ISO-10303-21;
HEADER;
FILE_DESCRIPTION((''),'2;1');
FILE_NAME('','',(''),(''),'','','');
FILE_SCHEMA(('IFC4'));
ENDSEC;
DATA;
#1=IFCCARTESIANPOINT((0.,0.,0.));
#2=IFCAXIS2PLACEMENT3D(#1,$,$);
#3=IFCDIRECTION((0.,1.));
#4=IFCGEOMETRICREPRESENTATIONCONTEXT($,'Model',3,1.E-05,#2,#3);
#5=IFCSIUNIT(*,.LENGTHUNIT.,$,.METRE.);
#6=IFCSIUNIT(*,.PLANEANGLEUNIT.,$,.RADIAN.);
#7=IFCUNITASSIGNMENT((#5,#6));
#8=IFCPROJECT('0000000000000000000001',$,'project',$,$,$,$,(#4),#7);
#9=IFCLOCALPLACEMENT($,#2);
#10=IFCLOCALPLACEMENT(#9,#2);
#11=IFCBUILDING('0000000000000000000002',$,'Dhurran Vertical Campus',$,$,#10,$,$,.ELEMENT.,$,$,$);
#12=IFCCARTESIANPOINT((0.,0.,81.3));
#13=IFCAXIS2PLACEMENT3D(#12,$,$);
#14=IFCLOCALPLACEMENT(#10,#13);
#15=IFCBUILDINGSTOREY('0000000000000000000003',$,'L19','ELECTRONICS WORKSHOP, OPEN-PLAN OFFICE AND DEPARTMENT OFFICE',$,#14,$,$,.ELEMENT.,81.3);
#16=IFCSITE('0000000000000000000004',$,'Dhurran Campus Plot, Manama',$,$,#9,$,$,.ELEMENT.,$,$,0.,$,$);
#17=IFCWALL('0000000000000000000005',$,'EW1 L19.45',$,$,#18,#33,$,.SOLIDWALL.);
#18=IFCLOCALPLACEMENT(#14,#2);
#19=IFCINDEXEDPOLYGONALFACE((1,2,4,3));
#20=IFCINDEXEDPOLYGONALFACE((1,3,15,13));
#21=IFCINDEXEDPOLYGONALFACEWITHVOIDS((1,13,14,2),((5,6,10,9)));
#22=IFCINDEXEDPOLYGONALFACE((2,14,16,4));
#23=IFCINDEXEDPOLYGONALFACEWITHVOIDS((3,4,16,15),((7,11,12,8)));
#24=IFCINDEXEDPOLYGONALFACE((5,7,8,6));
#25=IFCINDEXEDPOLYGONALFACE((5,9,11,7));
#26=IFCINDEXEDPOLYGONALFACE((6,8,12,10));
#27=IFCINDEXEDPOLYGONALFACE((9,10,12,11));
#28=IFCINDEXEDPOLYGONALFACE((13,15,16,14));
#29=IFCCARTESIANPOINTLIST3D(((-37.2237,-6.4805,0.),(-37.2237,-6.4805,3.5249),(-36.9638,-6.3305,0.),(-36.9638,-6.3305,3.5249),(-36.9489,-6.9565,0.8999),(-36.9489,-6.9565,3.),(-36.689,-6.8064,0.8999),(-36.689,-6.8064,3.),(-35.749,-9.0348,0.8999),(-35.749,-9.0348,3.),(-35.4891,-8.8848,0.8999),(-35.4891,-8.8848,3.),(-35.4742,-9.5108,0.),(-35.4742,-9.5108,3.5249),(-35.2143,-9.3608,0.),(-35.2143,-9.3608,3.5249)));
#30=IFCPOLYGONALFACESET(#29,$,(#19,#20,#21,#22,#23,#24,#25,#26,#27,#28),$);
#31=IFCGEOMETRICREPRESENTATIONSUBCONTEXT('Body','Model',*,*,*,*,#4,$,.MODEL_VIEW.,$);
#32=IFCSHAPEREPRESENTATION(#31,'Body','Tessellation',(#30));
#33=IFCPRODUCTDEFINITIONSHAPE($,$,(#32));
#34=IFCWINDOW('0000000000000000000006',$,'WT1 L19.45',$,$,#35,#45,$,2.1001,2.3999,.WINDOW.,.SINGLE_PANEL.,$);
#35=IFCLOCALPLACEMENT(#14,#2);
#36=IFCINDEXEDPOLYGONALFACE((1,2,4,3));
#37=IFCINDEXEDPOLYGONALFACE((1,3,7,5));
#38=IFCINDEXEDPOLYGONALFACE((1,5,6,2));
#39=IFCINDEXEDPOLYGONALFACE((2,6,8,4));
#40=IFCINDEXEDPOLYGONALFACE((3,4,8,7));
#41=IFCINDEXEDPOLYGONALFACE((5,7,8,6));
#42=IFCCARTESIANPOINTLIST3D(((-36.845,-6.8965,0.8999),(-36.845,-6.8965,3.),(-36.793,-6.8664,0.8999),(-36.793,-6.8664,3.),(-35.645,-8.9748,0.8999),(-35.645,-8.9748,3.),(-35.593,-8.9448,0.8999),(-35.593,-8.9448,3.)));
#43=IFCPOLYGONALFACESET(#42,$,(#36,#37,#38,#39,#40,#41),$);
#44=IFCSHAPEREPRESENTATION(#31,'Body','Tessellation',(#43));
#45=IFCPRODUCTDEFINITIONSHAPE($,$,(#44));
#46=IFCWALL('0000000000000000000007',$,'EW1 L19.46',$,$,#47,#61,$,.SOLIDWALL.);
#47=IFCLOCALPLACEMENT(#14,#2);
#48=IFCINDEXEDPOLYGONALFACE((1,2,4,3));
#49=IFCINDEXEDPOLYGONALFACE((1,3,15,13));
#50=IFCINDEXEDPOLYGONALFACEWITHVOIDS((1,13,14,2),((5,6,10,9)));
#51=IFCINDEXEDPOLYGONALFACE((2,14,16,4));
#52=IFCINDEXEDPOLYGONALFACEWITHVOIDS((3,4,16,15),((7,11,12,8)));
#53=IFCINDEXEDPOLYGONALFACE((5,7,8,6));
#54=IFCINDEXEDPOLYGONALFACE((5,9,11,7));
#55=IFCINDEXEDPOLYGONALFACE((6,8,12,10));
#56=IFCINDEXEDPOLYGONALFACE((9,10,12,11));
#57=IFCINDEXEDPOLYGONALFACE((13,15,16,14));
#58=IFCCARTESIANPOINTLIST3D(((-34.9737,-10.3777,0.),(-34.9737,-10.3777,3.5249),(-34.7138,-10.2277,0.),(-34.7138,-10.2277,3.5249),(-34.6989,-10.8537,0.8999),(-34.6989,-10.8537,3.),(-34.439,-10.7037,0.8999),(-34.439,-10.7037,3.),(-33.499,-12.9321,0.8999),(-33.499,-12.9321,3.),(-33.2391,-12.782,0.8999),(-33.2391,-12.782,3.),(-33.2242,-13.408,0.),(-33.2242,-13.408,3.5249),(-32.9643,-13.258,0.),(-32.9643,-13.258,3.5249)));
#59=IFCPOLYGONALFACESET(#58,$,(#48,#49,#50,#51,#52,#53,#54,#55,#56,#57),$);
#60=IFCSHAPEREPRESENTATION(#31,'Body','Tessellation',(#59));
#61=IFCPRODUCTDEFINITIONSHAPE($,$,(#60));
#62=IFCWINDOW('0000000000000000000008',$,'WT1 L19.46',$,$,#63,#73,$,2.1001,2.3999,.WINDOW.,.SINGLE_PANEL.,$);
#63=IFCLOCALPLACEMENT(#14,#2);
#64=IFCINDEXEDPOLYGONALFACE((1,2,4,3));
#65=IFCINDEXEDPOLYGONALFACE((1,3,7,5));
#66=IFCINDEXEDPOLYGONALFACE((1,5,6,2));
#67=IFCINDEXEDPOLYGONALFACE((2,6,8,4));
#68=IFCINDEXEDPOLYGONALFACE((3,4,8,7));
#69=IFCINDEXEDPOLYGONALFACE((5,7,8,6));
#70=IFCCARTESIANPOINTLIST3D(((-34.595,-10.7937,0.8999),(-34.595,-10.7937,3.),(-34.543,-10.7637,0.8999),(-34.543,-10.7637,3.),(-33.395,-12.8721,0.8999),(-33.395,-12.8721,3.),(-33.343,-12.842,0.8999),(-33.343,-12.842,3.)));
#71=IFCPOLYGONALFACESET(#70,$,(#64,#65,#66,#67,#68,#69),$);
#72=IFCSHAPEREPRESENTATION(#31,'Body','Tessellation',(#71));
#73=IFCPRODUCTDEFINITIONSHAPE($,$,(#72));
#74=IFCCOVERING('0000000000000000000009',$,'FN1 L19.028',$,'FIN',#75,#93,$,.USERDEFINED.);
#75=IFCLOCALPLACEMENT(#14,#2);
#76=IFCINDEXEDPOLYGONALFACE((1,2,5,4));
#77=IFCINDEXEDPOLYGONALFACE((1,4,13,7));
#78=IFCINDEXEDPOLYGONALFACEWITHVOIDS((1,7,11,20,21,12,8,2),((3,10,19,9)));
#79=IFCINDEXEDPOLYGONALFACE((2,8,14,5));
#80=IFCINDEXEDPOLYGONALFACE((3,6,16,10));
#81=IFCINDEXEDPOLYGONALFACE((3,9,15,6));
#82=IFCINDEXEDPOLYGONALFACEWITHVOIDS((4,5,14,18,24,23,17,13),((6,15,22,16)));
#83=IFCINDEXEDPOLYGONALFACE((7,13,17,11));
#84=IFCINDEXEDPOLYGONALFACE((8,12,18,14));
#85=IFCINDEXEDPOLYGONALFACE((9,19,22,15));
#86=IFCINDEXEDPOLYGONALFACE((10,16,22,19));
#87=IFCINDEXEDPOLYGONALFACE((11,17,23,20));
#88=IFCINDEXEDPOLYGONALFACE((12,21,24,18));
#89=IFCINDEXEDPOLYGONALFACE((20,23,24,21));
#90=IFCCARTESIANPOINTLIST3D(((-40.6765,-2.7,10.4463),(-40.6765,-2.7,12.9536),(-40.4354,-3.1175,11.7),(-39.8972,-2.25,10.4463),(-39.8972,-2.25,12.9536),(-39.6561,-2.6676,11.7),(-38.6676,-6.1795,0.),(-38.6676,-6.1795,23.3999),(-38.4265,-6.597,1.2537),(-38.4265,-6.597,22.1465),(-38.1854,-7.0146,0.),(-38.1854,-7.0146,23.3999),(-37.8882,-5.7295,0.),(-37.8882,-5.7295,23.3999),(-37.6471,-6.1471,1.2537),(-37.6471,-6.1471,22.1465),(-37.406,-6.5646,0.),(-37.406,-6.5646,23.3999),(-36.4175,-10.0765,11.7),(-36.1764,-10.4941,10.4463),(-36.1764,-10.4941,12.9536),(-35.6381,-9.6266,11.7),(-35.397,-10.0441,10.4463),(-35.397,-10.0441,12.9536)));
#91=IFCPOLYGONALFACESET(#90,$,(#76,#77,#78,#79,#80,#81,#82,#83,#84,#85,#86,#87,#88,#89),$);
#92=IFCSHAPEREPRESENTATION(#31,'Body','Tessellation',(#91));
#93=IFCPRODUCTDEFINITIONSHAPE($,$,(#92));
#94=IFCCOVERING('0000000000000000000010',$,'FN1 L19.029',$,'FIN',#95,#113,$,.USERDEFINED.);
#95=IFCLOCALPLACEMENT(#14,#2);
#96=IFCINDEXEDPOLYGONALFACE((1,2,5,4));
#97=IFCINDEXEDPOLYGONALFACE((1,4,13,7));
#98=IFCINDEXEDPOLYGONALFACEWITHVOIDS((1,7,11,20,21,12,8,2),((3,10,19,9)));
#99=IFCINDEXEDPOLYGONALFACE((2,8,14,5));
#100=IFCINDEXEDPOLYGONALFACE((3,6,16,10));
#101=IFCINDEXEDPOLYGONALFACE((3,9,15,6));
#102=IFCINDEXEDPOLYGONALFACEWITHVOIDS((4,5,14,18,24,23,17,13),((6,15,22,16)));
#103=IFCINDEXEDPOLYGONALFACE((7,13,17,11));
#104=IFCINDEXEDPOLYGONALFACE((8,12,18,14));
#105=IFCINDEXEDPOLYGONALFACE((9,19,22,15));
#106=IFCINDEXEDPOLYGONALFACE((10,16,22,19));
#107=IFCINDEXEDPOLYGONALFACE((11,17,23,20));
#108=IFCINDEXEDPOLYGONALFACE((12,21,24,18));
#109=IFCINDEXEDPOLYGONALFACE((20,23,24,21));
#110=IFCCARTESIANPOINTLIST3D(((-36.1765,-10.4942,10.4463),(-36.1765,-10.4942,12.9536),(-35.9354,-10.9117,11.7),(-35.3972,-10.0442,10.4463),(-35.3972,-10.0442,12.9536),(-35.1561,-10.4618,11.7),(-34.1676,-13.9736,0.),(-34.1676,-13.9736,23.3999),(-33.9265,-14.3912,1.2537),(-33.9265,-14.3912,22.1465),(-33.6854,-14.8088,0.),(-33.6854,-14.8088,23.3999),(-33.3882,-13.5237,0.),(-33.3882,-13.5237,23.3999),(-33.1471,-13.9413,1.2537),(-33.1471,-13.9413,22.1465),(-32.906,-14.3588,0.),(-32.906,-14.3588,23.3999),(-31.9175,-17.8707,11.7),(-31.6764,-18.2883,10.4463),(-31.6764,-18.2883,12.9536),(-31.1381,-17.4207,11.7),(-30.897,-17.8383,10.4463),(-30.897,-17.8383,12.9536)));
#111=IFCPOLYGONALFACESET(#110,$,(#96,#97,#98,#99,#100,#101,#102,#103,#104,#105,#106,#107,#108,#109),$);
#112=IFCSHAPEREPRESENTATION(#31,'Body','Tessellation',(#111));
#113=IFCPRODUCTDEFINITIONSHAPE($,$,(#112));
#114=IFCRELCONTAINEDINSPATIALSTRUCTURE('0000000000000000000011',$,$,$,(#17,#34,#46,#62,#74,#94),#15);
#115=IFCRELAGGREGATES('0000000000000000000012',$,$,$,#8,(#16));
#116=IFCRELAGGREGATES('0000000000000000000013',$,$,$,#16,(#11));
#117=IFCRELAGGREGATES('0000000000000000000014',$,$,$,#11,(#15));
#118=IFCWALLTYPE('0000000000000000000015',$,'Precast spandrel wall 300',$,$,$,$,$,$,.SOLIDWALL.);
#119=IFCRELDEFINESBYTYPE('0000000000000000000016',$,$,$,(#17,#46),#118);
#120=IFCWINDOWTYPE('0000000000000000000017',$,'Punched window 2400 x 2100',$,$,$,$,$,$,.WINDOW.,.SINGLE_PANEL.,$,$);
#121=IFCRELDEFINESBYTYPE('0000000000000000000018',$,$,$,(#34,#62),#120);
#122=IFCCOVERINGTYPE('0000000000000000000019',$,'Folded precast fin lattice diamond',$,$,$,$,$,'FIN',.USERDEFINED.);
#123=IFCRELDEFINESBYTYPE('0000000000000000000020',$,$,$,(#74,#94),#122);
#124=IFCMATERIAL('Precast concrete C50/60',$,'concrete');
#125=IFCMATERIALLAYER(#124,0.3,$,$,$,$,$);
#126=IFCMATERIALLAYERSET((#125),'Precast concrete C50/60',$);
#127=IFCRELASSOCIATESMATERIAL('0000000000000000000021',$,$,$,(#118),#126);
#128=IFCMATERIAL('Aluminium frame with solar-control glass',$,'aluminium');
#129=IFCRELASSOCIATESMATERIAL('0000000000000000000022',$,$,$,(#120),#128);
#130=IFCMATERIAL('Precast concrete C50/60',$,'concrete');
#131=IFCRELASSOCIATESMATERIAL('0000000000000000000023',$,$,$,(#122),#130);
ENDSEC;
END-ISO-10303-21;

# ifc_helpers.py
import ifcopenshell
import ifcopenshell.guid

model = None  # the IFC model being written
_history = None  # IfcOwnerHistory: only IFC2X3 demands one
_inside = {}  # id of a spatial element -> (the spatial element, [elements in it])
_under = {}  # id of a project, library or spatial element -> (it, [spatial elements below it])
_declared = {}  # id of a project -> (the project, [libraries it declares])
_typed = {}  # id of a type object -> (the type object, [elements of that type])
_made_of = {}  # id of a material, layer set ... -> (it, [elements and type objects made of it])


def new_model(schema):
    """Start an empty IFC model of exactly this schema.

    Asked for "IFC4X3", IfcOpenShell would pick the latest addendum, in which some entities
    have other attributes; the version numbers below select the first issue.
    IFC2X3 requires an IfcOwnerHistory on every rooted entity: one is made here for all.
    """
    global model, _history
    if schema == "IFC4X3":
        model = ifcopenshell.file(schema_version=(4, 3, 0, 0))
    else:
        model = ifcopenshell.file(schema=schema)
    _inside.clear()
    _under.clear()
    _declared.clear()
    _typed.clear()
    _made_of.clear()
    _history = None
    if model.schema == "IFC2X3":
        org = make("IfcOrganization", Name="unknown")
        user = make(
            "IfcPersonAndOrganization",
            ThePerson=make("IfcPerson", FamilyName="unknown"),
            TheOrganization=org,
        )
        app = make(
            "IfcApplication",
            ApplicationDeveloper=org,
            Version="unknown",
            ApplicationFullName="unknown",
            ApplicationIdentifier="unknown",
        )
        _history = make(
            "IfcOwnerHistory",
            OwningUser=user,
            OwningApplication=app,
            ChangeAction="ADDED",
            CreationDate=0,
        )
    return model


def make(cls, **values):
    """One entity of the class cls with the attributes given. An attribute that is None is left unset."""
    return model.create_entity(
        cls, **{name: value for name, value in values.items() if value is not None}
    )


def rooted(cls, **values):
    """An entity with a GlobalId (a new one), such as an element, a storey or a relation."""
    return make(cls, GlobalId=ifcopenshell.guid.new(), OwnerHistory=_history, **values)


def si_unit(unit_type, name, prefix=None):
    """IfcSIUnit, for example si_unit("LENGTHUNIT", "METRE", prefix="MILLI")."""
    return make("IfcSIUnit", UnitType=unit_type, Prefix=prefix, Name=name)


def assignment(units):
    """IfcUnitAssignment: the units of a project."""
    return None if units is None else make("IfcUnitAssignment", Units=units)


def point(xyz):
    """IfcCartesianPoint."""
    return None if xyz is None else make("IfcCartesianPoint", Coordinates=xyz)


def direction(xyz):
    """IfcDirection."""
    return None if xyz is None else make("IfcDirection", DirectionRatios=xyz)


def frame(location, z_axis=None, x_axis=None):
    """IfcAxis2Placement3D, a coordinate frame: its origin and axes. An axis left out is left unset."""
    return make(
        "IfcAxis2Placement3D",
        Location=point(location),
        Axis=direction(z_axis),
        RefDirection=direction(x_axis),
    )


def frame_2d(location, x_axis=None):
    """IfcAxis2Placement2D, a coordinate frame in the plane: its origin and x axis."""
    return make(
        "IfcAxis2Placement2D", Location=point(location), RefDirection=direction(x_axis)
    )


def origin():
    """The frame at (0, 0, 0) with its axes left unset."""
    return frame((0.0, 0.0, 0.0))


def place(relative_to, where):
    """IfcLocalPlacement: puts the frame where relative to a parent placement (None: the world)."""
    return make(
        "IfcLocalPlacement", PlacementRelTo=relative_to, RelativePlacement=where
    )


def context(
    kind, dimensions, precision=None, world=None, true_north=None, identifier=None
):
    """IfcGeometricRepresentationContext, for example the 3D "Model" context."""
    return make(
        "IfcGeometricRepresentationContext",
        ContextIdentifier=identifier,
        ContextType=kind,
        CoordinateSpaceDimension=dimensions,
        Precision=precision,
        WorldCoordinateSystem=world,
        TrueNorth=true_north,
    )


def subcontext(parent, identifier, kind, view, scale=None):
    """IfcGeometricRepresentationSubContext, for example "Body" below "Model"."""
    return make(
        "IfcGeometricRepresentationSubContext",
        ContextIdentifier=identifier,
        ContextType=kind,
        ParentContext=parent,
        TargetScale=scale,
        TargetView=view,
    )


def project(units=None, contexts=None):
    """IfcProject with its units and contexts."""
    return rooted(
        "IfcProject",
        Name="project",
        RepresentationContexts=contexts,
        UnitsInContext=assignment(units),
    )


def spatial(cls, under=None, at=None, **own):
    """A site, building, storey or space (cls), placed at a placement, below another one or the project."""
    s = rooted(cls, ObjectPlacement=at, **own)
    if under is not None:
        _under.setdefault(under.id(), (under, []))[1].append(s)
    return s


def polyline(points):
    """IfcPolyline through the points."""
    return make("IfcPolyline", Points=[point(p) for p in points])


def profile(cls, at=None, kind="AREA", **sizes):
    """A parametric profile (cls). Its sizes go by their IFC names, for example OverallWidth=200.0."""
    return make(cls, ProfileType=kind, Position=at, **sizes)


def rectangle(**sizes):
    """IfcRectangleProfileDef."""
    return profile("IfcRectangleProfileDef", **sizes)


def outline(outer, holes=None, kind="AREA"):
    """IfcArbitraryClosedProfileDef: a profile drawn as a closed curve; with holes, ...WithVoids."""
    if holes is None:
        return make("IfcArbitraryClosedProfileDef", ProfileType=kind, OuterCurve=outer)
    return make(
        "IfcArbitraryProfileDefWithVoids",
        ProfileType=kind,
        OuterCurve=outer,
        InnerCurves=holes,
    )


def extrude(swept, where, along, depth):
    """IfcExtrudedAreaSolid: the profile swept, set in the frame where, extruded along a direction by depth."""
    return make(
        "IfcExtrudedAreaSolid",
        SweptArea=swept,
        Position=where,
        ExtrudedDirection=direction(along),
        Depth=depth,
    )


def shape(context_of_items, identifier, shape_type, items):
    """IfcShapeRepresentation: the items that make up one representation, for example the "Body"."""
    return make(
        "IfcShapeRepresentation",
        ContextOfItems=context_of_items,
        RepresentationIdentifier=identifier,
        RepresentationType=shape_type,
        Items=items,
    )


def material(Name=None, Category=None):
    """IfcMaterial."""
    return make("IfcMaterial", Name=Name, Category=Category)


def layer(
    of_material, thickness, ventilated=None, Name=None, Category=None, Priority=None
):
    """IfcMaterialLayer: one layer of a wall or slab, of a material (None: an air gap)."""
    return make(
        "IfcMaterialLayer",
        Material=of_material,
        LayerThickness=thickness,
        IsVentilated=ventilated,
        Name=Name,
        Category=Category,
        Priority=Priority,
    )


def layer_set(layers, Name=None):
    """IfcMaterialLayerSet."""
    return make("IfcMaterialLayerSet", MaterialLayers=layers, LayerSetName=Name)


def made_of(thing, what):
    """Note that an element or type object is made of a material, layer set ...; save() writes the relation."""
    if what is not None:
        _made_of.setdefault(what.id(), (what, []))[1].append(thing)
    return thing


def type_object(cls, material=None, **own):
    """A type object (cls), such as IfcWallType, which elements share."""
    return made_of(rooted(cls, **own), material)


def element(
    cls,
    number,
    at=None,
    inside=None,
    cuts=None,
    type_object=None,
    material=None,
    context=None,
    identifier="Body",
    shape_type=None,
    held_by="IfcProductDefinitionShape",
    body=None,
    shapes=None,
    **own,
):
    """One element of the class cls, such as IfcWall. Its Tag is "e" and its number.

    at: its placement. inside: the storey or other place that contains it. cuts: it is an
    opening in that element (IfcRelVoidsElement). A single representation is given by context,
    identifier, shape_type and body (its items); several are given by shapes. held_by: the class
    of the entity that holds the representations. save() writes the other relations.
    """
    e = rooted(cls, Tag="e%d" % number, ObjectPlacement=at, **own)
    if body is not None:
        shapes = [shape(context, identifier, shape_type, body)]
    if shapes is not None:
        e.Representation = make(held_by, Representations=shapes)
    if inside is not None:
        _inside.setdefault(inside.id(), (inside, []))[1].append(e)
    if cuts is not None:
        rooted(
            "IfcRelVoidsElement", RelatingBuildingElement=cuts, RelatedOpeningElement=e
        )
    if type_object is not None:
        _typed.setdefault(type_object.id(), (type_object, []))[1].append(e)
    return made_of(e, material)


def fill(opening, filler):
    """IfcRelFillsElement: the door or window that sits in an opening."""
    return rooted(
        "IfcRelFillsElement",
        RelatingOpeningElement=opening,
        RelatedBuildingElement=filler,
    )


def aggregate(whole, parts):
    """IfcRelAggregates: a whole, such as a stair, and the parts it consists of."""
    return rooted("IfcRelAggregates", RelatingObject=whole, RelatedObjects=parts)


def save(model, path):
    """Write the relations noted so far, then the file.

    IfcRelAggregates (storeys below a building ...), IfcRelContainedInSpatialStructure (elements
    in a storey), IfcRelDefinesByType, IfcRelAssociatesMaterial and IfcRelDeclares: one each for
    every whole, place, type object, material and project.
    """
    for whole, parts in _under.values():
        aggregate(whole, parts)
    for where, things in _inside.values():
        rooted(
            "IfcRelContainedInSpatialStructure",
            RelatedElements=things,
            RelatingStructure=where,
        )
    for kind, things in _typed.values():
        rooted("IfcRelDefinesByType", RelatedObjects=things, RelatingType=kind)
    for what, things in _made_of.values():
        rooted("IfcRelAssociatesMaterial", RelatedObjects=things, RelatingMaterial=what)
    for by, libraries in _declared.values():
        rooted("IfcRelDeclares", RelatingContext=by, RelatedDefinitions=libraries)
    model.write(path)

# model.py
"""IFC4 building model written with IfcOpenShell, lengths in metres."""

from ifc_helpers import new_model, si_unit, direction, frame, frame_2d, origin, place, context, subcontext, project, spatial, polyline, rectangle, outline, extrude, material, layer, layer_set, type_object, element, fill, save


model = new_model("IFC4")

# Units and contexts
model_context = context("Model", 3, precision=1e-05, world=origin(), true_north=direction((0.0, 1.0)))
body_context = subcontext(model_context, "Body", "Model", "MODEL_VIEW")
ifc_project = project(units=[si_unit("LENGTHUNIT", "METRE"), si_unit("PLANEANGLEUNIT", "RADIAN")], contexts=[model_context])

# Site, building, storey
site_placement = place(None, origin())
site = spatial("IfcSite", under=ifc_project, at=site_placement, Name="Dhurran Campus Plot, Manama", CompositionType="ELEMENT", RefElevation=0.0)
building_placement = place(site_placement, origin())
building = spatial("IfcBuilding", under=site, at=building_placement, Name="Dhurran Vertical Campus", CompositionType="ELEMENT")
storey_placement = place(building_placement, frame((0.0, 0.0, 81.3)))
storey = spatial("IfcBuildingStorey", under=building, at=storey_placement, Name="L19", Description="ELECTRONICS WORKSHOP, OPEN-PLAN OFFICE AND DEPARTMENT OFFICE", CompositionType="ELEMENT", Elevation=81.3)

# Walls, openings, windows
ifc_material_1 = material(Name="Precast concrete C50/60", Category="concrete")
ifc_layer = layer(ifc_material_1, 0.3)
ifc_layer_set = layer_set([ifc_layer], Name="Precast concrete C50/60")
wall_type = type_object("IfcWallType", Name="Precast spandrel wall 300", PredefinedType="SOLIDWALL", material=ifc_layer_set)
ifc_material_2 = material(Name="Aluminium frame with solar-control glass", Category="aluminium")
window_type = type_object("IfcWindowType", Name="Punched window 2400 x 2100", PartitioningType="SINGLE_PANEL", PredefinedType="WINDOW", material=ifc_material_2)
wall_1_placement = place(storey_placement, frame((-37.0938, -6.4055, 0.0), z_axis=(0.0, 0.0, 1.0), x_axis=(0.499996, -0.866028, 0.0)))
wall_1 = element("IfcWall", 1, at=wall_1_placement, inside=storey, type_object=wall_type, Name="EW1 L19.45", PredefinedType="SOLIDWALL", context=body_context, shape_type="SweptSolid", body=[
    extrude(rectangle(XDim=3.499, YDim=0.3, at=frame_2d((1.7495, 0.0))), origin(), (0.0, 0.0, 1.0), 3.5249),
])
opening_1_placement = place(wall_1_placement, frame((0.5496, 0.0, 0.8999)))
opening_1 = element("IfcOpeningElement", 2, at=opening_1_placement, cuts=wall_1, PredefinedType="OPENING", context=body_context, shape_type="SweptSolid", body=[
    extrude(rectangle(XDim=2.3999, YDim=2.1001, at=frame_2d((1.2, 1.05))), frame((0.0, 0.1599, 0.0), z_axis=(0.0, -1.0, 0.0), x_axis=(1.0, 0.0, 0.0)), (0.0, 0.0, 1.0), 0.3201),
])
window_1_placement = place(opening_1_placement, origin())
window_1 = element("IfcWindow", 3, at=window_1_placement, inside=storey, type_object=window_type, Name="WT1 L19.45", OverallHeight=2.1001, OverallWidth=2.3999, PartitioningType="SINGLE_PANEL", PredefinedType="WINDOW", context=body_context, shape_type="SweptSolid", body=[
    extrude(rectangle(XDim=2.3999, YDim=2.1001, at=frame_2d((1.2, 1.05))), frame((0.0, 0.03, 0.0), z_axis=(0.0, -1.0, 0.0), x_axis=(1.0, 0.0, 0.0)), (0.0, 0.0, 1.0), 0.0601),
])
fill(opening_1, window_1)
wall_2_placement = place(storey_placement, frame((-34.8438, -10.3027, 0.0), z_axis=(0.0, 0.0, 1.0), x_axis=(0.499996, -0.866028, 0.0)))
wall_2 = element("IfcWall", 4, at=wall_2_placement, inside=storey, type_object=wall_type, Name="EW1 L19.46", PredefinedType="SOLIDWALL", context=body_context, shape_type="SweptSolid", body=[
    extrude(rectangle(XDim=3.499, YDim=0.3, at=frame_2d((1.7495, 0.0))), origin(), (0.0, 0.0, 1.0), 3.5249),
])
opening_2_placement = place(wall_2_placement, frame((0.5496, 0.0, 0.8999)))
opening_2 = element("IfcOpeningElement", 5, at=opening_2_placement, cuts=wall_2, PredefinedType="OPENING", context=body_context, shape_type="SweptSolid", body=[
    extrude(rectangle(XDim=2.3999, YDim=2.1001, at=frame_2d((1.2, 1.05))), frame((0.0, 0.1599, 0.0), z_axis=(0.0, -1.0, 0.0), x_axis=(1.0, 0.0, 0.0)), (0.0, 0.0, 1.0), 0.3201),
])
window_2_placement = place(opening_2_placement, origin())
window_2 = element("IfcWindow", 6, at=window_2_placement, inside=storey, type_object=window_type, Name="WT1 L19.46", OverallHeight=2.1001, OverallWidth=2.3999, PartitioningType="SINGLE_PANEL", PredefinedType="WINDOW", context=body_context, shape_type="SweptSolid", body=[
    extrude(rectangle(XDim=2.3999, YDim=2.1001, at=frame_2d((1.2, 1.05))), frame((0.0, 0.03, 0.0), z_axis=(0.0, -1.0, 0.0), x_axis=(1.0, 0.0, 0.0)), (0.0, 0.0, 1.0), 0.0601),
])
fill(opening_2, window_2)

# Coverings
ifc_material_3 = material(Name="Precast concrete C50/60", Category="concrete")
covering_type = type_object("IfcCoveringType", Name="Folded precast fin lattice diamond", ElementType="FIN", PredefinedType="USERDEFINED", material=ifc_material_3)
for number, where, z_axis, x_axis, name in (
    (7, (-39.8972, -2.25, 0.0), (-0.866014, -0.50002, 0.0), (0.50002, -0.866014, 0.0), "FN1 L19.028"),
    (8, (-35.3972, -10.0442, 0.0), (-0.866014, -0.50002, 0.0), (0.50002, -0.866014, 0.0), "FN1 L19.029"),
):
    element("IfcCovering", number, at=place(storey_placement, frame(where, z_axis=z_axis, x_axis=x_axis)), inside=storey, type_object=covering_type, Name=name, ObjectType="FIN", PredefinedType="USERDEFINED", context=body_context, shape_type="SweptSolid", body=[
        extrude(outline(polyline([(9.0, 12.9536), (9.0, 10.4463), (4.9822, 0.0), (4.0178, 0.0), (0.0, 10.4463), (0.0, 12.9536), (4.0178, 23.3999), (4.9822, 23.3999), (9.0, 12.9536)]), holes=[polyline([(8.5178, 11.7), (4.5, 22.1465), (0.4822, 11.7), (4.5, 1.2537), (8.5178, 11.7)])]), origin(), (0.0, 0.0, 1.0), 0.8999),
    ])

save(model, "model.ifc")
